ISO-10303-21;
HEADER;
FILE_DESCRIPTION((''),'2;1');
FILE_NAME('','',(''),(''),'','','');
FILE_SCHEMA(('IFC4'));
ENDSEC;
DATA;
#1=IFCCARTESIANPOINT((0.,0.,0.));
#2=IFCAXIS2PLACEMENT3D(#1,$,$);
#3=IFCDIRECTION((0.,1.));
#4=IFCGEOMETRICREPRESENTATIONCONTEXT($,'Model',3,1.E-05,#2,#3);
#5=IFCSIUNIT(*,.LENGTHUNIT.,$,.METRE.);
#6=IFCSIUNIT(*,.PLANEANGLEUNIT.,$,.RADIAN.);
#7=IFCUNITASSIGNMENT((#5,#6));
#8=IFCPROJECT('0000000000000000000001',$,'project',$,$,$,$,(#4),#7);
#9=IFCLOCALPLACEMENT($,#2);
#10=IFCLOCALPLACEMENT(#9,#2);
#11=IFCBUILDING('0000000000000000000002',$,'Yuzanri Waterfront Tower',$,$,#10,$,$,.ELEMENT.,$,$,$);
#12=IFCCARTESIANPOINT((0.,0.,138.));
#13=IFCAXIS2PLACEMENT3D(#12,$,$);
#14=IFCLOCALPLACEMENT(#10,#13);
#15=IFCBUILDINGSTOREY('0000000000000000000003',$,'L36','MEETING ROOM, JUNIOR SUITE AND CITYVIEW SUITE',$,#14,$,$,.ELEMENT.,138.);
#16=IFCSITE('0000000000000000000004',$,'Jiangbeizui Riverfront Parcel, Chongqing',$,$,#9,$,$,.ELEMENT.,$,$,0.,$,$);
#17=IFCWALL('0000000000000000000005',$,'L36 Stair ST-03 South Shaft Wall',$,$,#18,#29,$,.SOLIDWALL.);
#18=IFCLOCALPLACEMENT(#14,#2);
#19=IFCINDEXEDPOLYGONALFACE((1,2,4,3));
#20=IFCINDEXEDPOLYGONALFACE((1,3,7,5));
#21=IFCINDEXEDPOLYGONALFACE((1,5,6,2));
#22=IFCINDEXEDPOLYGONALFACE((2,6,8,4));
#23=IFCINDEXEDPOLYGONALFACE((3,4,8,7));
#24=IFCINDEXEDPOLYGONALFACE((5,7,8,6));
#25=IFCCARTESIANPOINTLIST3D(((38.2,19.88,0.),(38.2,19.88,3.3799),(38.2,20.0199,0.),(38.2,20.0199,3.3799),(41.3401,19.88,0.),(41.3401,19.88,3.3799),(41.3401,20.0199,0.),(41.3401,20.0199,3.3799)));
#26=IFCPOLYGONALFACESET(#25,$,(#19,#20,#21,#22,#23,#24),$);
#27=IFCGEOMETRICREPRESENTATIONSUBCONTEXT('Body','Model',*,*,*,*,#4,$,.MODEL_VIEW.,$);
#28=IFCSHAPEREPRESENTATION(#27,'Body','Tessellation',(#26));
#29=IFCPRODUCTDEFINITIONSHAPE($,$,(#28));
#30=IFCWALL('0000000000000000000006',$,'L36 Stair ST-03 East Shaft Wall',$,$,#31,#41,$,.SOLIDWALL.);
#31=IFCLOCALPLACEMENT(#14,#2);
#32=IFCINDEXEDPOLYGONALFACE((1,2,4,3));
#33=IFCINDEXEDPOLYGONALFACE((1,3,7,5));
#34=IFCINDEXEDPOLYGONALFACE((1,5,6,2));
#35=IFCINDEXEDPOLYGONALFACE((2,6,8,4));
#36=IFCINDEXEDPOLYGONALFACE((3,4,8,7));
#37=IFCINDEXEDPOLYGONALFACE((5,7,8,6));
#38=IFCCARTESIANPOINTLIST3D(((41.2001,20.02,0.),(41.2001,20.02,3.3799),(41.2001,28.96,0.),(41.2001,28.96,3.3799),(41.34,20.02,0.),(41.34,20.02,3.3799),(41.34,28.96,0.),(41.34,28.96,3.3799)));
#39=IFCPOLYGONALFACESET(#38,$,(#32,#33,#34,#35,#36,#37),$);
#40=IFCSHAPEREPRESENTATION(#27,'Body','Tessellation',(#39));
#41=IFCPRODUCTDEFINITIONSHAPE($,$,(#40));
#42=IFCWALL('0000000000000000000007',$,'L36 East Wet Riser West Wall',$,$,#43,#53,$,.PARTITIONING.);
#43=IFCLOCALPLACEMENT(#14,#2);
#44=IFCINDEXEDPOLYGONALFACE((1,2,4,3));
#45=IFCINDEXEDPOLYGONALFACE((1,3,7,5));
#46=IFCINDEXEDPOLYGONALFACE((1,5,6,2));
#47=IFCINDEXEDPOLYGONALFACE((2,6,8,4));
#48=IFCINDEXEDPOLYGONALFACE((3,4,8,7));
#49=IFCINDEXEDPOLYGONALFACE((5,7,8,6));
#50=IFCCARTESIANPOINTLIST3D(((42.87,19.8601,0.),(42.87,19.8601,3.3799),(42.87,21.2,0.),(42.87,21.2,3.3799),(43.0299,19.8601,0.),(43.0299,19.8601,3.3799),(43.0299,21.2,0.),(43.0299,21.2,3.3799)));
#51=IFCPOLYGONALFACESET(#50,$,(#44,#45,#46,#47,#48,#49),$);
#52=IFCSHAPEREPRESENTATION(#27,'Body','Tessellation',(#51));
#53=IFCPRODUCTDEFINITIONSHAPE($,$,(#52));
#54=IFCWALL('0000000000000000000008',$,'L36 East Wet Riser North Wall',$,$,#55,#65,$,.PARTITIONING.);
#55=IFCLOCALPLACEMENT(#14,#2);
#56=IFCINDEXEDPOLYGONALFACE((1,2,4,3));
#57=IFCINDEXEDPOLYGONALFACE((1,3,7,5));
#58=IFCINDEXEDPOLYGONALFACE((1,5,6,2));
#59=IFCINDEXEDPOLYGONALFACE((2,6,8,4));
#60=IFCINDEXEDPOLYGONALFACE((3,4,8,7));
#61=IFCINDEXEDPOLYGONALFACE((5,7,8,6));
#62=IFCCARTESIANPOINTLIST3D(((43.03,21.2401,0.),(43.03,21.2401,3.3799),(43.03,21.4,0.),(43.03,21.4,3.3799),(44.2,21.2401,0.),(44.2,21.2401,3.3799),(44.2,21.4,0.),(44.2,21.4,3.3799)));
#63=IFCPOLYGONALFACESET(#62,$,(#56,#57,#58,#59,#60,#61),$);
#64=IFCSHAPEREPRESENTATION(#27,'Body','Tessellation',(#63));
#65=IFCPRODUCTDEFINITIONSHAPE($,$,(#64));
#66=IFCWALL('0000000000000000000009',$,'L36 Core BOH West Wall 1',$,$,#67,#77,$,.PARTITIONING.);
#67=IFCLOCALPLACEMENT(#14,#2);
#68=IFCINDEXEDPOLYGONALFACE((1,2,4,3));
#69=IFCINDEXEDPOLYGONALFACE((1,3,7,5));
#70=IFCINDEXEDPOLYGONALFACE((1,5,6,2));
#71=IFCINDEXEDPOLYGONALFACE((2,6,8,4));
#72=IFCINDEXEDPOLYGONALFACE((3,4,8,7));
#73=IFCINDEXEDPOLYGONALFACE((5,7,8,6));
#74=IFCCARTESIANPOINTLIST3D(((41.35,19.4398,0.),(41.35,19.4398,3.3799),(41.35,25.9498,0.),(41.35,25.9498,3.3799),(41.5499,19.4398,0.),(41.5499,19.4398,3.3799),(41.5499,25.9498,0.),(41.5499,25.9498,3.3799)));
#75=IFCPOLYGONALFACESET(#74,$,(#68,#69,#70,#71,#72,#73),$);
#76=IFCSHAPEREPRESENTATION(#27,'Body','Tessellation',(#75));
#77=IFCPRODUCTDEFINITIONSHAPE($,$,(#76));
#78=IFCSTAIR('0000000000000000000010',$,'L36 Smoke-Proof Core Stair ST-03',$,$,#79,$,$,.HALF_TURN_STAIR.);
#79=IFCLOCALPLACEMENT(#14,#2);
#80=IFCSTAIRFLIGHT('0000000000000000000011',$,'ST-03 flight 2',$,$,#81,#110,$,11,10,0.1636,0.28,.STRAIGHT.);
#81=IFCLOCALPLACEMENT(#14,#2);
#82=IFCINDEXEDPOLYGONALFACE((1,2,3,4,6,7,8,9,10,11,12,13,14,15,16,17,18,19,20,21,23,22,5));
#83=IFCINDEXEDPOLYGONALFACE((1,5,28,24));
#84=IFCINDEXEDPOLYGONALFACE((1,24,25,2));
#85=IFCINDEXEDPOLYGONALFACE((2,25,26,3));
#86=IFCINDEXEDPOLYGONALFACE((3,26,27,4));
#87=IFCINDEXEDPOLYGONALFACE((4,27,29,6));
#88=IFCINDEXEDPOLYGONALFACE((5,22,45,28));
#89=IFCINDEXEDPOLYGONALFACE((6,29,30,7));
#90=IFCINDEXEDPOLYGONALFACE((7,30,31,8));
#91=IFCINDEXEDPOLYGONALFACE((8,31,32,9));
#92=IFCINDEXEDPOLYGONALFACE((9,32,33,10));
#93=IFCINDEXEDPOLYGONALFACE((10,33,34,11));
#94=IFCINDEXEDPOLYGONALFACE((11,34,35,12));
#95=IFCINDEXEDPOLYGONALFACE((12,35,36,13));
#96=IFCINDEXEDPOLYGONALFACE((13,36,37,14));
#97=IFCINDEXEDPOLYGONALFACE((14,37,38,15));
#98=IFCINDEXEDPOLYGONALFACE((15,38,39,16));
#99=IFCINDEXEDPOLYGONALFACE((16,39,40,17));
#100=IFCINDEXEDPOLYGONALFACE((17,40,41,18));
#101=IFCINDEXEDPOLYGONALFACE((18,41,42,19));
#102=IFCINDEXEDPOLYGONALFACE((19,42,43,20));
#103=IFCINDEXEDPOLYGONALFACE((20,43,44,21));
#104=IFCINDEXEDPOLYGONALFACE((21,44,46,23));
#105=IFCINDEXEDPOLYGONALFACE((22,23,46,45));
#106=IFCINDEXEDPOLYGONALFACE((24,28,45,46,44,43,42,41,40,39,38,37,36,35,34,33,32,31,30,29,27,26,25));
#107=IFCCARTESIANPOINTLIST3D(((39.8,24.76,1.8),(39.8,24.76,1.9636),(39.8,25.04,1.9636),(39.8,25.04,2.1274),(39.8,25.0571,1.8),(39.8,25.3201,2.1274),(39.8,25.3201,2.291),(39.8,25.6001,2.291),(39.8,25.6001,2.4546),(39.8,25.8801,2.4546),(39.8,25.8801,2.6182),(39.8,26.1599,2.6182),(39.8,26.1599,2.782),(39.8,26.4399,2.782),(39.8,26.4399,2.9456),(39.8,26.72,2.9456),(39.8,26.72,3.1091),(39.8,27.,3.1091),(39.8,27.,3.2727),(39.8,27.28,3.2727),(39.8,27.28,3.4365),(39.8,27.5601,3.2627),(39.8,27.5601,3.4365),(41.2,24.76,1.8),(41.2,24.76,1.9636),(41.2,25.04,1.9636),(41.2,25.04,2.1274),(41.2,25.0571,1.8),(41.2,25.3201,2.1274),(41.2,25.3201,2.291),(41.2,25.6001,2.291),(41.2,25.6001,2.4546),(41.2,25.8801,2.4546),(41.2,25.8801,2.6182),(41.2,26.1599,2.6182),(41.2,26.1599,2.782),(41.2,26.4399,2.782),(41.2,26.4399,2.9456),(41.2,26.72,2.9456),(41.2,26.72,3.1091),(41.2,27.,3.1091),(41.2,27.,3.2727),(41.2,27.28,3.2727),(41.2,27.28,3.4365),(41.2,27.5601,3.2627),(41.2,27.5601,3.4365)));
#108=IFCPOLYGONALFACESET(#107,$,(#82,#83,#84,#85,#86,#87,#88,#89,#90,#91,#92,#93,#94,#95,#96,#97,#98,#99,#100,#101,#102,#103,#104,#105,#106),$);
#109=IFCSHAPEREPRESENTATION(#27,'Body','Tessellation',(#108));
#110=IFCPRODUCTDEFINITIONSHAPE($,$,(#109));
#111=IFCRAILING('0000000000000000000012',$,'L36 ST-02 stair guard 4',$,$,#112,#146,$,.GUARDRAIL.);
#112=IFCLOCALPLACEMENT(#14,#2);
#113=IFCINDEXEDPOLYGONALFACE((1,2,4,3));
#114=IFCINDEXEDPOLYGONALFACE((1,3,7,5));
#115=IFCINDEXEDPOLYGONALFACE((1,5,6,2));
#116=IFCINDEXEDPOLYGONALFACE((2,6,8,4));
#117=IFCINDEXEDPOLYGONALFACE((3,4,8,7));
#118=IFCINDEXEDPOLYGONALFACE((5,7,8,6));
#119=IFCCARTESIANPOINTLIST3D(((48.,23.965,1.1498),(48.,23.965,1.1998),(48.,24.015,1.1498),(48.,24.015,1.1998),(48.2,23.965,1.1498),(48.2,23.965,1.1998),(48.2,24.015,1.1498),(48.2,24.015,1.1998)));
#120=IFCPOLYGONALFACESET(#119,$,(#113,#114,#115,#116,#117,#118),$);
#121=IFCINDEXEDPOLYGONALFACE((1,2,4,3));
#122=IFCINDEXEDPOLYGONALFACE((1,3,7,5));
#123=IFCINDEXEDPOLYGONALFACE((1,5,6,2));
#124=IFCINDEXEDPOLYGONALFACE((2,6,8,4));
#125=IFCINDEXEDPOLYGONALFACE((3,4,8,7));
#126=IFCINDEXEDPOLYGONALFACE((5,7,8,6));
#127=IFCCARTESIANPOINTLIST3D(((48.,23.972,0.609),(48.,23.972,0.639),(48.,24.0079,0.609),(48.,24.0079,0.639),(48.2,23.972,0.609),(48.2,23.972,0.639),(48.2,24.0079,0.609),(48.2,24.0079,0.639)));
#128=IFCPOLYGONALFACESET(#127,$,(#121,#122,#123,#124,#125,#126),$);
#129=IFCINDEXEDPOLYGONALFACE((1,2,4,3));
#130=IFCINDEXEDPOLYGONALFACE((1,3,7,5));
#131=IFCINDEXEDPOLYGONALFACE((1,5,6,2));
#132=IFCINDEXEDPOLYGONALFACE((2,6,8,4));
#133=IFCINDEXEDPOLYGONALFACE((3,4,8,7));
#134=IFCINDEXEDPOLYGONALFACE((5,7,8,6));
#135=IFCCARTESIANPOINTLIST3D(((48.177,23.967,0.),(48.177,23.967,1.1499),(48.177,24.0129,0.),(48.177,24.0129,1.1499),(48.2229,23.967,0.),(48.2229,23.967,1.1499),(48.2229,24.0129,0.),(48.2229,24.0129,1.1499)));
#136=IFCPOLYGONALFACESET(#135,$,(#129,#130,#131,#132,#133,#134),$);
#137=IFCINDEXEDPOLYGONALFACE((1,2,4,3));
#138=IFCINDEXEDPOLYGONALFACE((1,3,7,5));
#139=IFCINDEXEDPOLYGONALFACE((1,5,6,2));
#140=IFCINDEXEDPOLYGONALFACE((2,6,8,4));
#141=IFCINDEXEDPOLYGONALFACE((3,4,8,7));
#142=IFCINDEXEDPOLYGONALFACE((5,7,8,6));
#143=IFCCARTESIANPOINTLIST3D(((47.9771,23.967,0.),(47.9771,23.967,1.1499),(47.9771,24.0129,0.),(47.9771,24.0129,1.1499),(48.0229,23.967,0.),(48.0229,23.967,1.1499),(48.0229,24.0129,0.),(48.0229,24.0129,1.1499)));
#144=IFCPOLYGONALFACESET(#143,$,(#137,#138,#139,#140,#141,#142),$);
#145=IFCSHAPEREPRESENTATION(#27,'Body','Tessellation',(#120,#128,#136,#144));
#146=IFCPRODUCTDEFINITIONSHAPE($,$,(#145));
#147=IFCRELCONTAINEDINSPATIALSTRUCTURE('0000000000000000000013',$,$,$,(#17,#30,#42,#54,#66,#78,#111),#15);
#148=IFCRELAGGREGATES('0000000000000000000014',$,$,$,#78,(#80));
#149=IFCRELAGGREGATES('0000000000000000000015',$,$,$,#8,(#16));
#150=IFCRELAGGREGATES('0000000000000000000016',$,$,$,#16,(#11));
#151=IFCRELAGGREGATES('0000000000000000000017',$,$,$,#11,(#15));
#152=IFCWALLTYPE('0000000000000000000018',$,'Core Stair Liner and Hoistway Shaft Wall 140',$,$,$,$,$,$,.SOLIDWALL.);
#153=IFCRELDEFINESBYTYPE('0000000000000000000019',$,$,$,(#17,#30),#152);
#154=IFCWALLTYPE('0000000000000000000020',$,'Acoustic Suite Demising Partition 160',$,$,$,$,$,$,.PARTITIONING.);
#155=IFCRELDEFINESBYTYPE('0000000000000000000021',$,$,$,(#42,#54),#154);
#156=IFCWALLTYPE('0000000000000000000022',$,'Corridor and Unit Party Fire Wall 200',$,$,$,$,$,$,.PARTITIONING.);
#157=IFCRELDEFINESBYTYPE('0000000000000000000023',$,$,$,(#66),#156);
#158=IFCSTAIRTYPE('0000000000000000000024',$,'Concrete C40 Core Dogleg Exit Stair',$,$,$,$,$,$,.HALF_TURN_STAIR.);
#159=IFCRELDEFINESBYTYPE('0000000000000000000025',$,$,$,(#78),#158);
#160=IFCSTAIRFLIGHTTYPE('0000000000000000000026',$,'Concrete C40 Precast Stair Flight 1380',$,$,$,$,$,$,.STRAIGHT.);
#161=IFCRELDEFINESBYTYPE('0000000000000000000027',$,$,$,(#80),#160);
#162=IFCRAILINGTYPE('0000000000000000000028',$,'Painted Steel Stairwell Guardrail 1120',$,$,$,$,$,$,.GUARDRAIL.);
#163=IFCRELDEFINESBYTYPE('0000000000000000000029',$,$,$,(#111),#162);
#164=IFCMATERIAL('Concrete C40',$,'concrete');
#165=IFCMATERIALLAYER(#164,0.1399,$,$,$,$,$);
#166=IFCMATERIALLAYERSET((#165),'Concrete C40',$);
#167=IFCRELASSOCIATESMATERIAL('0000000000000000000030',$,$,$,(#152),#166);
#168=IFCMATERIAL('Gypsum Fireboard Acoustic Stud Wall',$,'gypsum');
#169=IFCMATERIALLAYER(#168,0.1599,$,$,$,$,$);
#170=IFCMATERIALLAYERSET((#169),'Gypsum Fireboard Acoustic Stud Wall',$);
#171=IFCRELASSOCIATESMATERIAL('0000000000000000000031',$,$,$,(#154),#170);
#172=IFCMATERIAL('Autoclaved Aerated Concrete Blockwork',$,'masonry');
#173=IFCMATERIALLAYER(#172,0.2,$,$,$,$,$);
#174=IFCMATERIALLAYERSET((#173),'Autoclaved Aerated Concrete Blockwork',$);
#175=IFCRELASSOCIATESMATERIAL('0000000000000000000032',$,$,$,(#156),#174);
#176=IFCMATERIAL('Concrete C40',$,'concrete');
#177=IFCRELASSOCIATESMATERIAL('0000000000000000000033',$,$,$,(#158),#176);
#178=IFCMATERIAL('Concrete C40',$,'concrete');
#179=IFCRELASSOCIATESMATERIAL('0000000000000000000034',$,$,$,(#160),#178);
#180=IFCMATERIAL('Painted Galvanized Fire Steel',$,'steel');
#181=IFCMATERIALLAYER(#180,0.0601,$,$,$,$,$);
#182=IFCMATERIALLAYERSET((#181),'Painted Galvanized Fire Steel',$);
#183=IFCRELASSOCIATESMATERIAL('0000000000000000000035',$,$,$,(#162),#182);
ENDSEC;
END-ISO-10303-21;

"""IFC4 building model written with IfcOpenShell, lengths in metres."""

from ifc_helpers import new_model, si_unit, direction, frame, frame_2d, origin, origin_2d, place, context, subcontext, project, spatial, polyline, rectangle, outline, extrude, source, transform, mapped, material, layer, layer_set, type_object, element, aggregate, save


model = new_model("IFC4")

# Units and contexts
model_context = context("Model", 3, precision=1e-05, world=origin(), true_north=direction((0.0, 1.0)))
body_context = subcontext(model_context, "Body", "Model", "MODEL_VIEW")
ifc_project = project(units=[si_unit("LENGTHUNIT", "METRE"), si_unit("PLANEANGLEUNIT", "RADIAN")], contexts=[model_context])

# Site, building, storey
site_placement = place(None, origin())
site = spatial("IfcSite", under=ifc_project, at=site_placement, Name="Jiangbeizui Riverfront Parcel, Chongqing", CompositionType="ELEMENT", RefElevation=0.0)
building_placement = place(site_placement, origin())
building = spatial("IfcBuilding", under=site, at=building_placement, Name="Yuzanri Waterfront Tower", CompositionType="ELEMENT")
storey_placement = place(building_placement, frame((0.0, 0.0, 138.0)))
storey = spatial("IfcBuildingStorey", under=building, at=storey_placement, Name="L36", Description="MEETING ROOM, JUNIOR SUITE AND CITYVIEW SUITE", CompositionType="ELEMENT", Elevation=138.0)

# Shared definitions
ifc_material_1 = material(Name="Concrete C40", Category="concrete")
ifc_layer_1 = layer(ifc_material_1, 0.1399)
ifc_layer_set_1 = layer_set([ifc_layer_1], Name="Concrete C40")
wall_type_1 = type_object("IfcWallType", Name="Core Stair Liner and Hoistway Shaft Wall 140", PredefinedType="SOLIDWALL", material=ifc_layer_set_1)

# Walls
shared_shape_1 = source(origin(), body_context, "Body", "SweptSolid", [
    extrude(rectangle(XDim=3.1401, YDim=0.1399, at=frame_2d((1.5701, 0.0))), origin(), (0.0, 0.0, 1.0), 3.3799),
])
wall_1_placement = place(storey_placement, frame((38.2, 19.95, 0.0), z_axis=(0.0, 0.0, 1.0), x_axis=(1.0, 0.0, 0.0)))
element("IfcWall", 1, at=wall_1_placement, inside=storey, type_object=wall_type_1, Name="L36 Stair ST-03 South Shaft Wall", PredefinedType="SOLIDWALL", context=body_context, shape_type="MappedRepresentation", body=[
    mapped(shared_shape_1, transform((0.0, 0.0, 0.0), scale=1.0)),
])
shared_shape_2 = source(origin(), body_context, "Body", "SweptSolid", [
    extrude(rectangle(XDim=8.9399, YDim=0.1399, at=frame_2d((4.47, 0.0))), origin(), (0.0, 0.0, 1.0), 3.3799),
])
wall_2_placement = place(storey_placement, frame((41.27, 20.02, 0.0), z_axis=(0.0, 0.0, 1.0), x_axis=(0.0, 1.0, 0.0)))
element("IfcWall", 2, at=wall_2_placement, inside=storey, type_object=wall_type_1, Name="L36 Stair ST-03 East Shaft Wall", PredefinedType="SOLIDWALL", context=body_context, shape_type="MappedRepresentation", body=[
    mapped(shared_shape_2, transform((0.0, 0.0, 0.0), scale=1.0)),
])
ifc_material_2 = material(Name="Gypsum Fireboard Acoustic Stud Wall", Category="gypsum")
ifc_layer_2 = layer(ifc_material_2, 0.1599)
ifc_layer_set_2 = layer_set([ifc_layer_2], Name="Gypsum Fireboard Acoustic Stud Wall")
wall_type_2 = type_object("IfcWallType", Name="Acoustic Suite Demising Partition 160", PredefinedType="PARTITIONING", material=ifc_layer_set_2)
shared_shape_3 = source(origin(), body_context, "Body", "SweptSolid", [
    extrude(rectangle(XDim=1.3398, YDim=0.1599, at=frame_2d((0.6699, 0.0))), origin(), (0.0, 0.0, 1.0), 3.3799),
])
wall_3_placement = place(storey_placement, frame((42.95, 19.8601, 0.0), z_axis=(0.0, 0.0, 1.0), x_axis=(0.0, 1.0, 0.0)))
element("IfcWall", 3, at=wall_3_placement, inside=storey, type_object=wall_type_2, Name="L36 East Wet Riser West Wall", PredefinedType="PARTITIONING", context=body_context, shape_type="MappedRepresentation", body=[
    mapped(shared_shape_3, transform((0.0, 0.0, 0.0), scale=1.0)),
])
shared_shape_4 = source(origin(), body_context, "Body", "SweptSolid", [
    extrude(rectangle(XDim=1.1699, YDim=0.1599, at=frame_2d((0.585, 0.0))), origin(), (0.0, 0.0, 1.0), 3.3799),
])
wall_4_placement = place(storey_placement, frame((43.03, 21.3201, 0.0), z_axis=(0.0, 0.0, 1.0), x_axis=(1.0, 0.0, 0.0)))
element("IfcWall", 4, at=wall_4_placement, inside=storey, type_object=wall_type_2, Name="L36 East Wet Riser North Wall", PredefinedType="PARTITIONING", context=body_context, shape_type="MappedRepresentation", body=[
    mapped(shared_shape_4, transform((0.0, 0.0, 0.0), scale=1.0)),
])
ifc_material_3 = material(Name="Autoclaved Aerated Concrete Blockwork", Category="masonry")
ifc_layer_3 = layer(ifc_material_3, 0.2)
ifc_layer_set_3 = layer_set([ifc_layer_3], Name="Autoclaved Aerated Concrete Blockwork")
wall_type_3 = type_object("IfcWallType", Name="Corridor and Unit Party Fire Wall 200", PredefinedType="PARTITIONING", material=ifc_layer_set_3)
shared_shape_5 = source(origin(), body_context, "Body", "SweptSolid", [
    extrude(rectangle(XDim=6.51, YDim=0.2, at=frame_2d((3.2549, 0.0))), origin(), (0.0, 0.0, 1.0), 3.3799),
])
wall_5_placement = place(storey_placement, frame((41.45, 19.4399, 0.0), z_axis=(0.0, 0.0, 1.0), x_axis=(0.0, 1.0, 0.0)))
element("IfcWall", 5, at=wall_5_placement, inside=storey, type_object=wall_type_3, Name="L36 Core BOH West Wall 1", PredefinedType="PARTITIONING", context=body_context, shape_type="MappedRepresentation", body=[
    mapped(shared_shape_5, transform((0.0, 0.0, 0.0), scale=1.0)),
])

# Stair, stair flight
ifc_material_4 = material(Name="Concrete C40", Category="concrete")
stair_type = type_object("IfcStairType", Name="Concrete C40 Core Dogleg Exit Stair", PredefinedType="HALF_TURN_STAIR", material=ifc_material_4)
stair_placement = place(storey_placement, origin())
stair = element("IfcStair", 6, at=stair_placement, inside=storey, type_object=stair_type, Name="L36 Smoke-Proof Core Stair ST-03", PredefinedType="HALF_TURN_STAIR")
ifc_material_5 = material(Name="Concrete C40", Category="concrete")
stair_flight_type = type_object("IfcStairFlightType", Name="Concrete C40 Precast Stair Flight 1380", PredefinedType="STRAIGHT", material=ifc_material_5)
shared_shape_6 = source(origin(), body_context, "Body", "SweptSolid", [
    extrude(outline(polyline([(0.0, 0.0), (0.0, 0.1636), (0.28, 0.1636), (0.28, 0.3274), (0.5601, 0.3274), (0.5601, 0.491), (0.8401, 0.491), (0.8401, 0.6545), (1.1201, 0.6545), (1.1201, 0.8181), (1.3999, 0.8181), (1.3999, 0.9819), (1.6799, 0.9819), (1.6799, 1.1455), (1.96, 1.1455), (1.96, 1.3091), (2.24, 1.3091), (2.24, 1.4727), (2.52, 1.4727), (2.52, 1.6365), (2.8, 1.6365), (2.8, 1.8), (2.8, 1.4626), (0.2971, 0.0), (0.0, 0.0)])), frame((0.0, 0.7, 0.0), z_axis=(0.0, -1.0, 0.0), x_axis=(1.0, 0.0, 0.0)), (0.0, 0.0, 1.0), 1.3999),
])
stair_flight_placement = place(storey_placement, frame((40.5, 24.76, 1.8), z_axis=(0.0, 0.0, 1.0), x_axis=(0.0, 1.0, 0.0)))
stair_flight = element("IfcStairFlight", 7, at=stair_flight_placement, type_object=stair_flight_type, Name="ST-03 flight 2", NumberOfRisers=11, NumberOfTreads=10, PredefinedType="STRAIGHT", RiserHeight=0.1636, TreadLength=0.28, context=body_context, shape_type="MappedRepresentation", body=[
    mapped(shared_shape_6, transform((0.0, 0.0, 0.0), scale=1.0)),
])
aggregate(stair, [stair_flight])

# Railing
ifc_material_6 = material(Name="Painted Galvanized Fire Steel", Category="steel")
ifc_layer_4 = layer(ifc_material_6, 0.0601)
ifc_layer_set_4 = layer_set([ifc_layer_4], Name="Painted Galvanized Fire Steel")
railing_type_1 = type_object("IfcRailingType", Name="Painted Steel Stairwell Guardrail 1120", PredefinedType="GUARDRAIL", material=ifc_layer_set_4)
shared_shape_7 = source(origin(), body_context, "Body", "SweptSolid", [
    extrude(rectangle(XDim=0.05, YDim=0.05, at=origin_2d()), frame((0.0, 0.0, 1.1748), z_axis=(-1.0, 0.0, 0.0), x_axis=(0.0, -1.0, 0.0)), (0.0, 0.0, 1.0), 0.2),
    extrude(rectangle(XDim=0.0359, YDim=0.03, at=origin_2d()), frame((0.0, 0.0, 0.624), z_axis=(-1.0, 0.0, 0.0), x_axis=(0.0, -1.0, 0.0)), (0.0, 0.0, 1.0), 0.2),
    extrude(rectangle(XDim=0.0459, YDim=0.0459, at=origin_2d()), origin(), (0.0, 0.0, 1.0), 1.1499),
    extrude(rectangle(XDim=0.0459, YDim=0.0459, at=origin_2d()), frame((-0.2, 0.0, 0.0)), (0.0, 0.0, 1.0), 1.1499),
])
railing_1_placement = place(storey_placement, frame((48.2, 23.99, 0.0)))
element("IfcRailing", 8, at=railing_1_placement, inside=storey, type_object=railing_type_1, Name="L36 ST-02 stair guard 4", PredefinedType="GUARDRAIL", context=body_context, shape_type="MappedRepresentation", body=[
    mapped(shared_shape_7, transform((0.0, 0.0, 0.0), scale=1.0)),
])

save(model, "model.ifc")
